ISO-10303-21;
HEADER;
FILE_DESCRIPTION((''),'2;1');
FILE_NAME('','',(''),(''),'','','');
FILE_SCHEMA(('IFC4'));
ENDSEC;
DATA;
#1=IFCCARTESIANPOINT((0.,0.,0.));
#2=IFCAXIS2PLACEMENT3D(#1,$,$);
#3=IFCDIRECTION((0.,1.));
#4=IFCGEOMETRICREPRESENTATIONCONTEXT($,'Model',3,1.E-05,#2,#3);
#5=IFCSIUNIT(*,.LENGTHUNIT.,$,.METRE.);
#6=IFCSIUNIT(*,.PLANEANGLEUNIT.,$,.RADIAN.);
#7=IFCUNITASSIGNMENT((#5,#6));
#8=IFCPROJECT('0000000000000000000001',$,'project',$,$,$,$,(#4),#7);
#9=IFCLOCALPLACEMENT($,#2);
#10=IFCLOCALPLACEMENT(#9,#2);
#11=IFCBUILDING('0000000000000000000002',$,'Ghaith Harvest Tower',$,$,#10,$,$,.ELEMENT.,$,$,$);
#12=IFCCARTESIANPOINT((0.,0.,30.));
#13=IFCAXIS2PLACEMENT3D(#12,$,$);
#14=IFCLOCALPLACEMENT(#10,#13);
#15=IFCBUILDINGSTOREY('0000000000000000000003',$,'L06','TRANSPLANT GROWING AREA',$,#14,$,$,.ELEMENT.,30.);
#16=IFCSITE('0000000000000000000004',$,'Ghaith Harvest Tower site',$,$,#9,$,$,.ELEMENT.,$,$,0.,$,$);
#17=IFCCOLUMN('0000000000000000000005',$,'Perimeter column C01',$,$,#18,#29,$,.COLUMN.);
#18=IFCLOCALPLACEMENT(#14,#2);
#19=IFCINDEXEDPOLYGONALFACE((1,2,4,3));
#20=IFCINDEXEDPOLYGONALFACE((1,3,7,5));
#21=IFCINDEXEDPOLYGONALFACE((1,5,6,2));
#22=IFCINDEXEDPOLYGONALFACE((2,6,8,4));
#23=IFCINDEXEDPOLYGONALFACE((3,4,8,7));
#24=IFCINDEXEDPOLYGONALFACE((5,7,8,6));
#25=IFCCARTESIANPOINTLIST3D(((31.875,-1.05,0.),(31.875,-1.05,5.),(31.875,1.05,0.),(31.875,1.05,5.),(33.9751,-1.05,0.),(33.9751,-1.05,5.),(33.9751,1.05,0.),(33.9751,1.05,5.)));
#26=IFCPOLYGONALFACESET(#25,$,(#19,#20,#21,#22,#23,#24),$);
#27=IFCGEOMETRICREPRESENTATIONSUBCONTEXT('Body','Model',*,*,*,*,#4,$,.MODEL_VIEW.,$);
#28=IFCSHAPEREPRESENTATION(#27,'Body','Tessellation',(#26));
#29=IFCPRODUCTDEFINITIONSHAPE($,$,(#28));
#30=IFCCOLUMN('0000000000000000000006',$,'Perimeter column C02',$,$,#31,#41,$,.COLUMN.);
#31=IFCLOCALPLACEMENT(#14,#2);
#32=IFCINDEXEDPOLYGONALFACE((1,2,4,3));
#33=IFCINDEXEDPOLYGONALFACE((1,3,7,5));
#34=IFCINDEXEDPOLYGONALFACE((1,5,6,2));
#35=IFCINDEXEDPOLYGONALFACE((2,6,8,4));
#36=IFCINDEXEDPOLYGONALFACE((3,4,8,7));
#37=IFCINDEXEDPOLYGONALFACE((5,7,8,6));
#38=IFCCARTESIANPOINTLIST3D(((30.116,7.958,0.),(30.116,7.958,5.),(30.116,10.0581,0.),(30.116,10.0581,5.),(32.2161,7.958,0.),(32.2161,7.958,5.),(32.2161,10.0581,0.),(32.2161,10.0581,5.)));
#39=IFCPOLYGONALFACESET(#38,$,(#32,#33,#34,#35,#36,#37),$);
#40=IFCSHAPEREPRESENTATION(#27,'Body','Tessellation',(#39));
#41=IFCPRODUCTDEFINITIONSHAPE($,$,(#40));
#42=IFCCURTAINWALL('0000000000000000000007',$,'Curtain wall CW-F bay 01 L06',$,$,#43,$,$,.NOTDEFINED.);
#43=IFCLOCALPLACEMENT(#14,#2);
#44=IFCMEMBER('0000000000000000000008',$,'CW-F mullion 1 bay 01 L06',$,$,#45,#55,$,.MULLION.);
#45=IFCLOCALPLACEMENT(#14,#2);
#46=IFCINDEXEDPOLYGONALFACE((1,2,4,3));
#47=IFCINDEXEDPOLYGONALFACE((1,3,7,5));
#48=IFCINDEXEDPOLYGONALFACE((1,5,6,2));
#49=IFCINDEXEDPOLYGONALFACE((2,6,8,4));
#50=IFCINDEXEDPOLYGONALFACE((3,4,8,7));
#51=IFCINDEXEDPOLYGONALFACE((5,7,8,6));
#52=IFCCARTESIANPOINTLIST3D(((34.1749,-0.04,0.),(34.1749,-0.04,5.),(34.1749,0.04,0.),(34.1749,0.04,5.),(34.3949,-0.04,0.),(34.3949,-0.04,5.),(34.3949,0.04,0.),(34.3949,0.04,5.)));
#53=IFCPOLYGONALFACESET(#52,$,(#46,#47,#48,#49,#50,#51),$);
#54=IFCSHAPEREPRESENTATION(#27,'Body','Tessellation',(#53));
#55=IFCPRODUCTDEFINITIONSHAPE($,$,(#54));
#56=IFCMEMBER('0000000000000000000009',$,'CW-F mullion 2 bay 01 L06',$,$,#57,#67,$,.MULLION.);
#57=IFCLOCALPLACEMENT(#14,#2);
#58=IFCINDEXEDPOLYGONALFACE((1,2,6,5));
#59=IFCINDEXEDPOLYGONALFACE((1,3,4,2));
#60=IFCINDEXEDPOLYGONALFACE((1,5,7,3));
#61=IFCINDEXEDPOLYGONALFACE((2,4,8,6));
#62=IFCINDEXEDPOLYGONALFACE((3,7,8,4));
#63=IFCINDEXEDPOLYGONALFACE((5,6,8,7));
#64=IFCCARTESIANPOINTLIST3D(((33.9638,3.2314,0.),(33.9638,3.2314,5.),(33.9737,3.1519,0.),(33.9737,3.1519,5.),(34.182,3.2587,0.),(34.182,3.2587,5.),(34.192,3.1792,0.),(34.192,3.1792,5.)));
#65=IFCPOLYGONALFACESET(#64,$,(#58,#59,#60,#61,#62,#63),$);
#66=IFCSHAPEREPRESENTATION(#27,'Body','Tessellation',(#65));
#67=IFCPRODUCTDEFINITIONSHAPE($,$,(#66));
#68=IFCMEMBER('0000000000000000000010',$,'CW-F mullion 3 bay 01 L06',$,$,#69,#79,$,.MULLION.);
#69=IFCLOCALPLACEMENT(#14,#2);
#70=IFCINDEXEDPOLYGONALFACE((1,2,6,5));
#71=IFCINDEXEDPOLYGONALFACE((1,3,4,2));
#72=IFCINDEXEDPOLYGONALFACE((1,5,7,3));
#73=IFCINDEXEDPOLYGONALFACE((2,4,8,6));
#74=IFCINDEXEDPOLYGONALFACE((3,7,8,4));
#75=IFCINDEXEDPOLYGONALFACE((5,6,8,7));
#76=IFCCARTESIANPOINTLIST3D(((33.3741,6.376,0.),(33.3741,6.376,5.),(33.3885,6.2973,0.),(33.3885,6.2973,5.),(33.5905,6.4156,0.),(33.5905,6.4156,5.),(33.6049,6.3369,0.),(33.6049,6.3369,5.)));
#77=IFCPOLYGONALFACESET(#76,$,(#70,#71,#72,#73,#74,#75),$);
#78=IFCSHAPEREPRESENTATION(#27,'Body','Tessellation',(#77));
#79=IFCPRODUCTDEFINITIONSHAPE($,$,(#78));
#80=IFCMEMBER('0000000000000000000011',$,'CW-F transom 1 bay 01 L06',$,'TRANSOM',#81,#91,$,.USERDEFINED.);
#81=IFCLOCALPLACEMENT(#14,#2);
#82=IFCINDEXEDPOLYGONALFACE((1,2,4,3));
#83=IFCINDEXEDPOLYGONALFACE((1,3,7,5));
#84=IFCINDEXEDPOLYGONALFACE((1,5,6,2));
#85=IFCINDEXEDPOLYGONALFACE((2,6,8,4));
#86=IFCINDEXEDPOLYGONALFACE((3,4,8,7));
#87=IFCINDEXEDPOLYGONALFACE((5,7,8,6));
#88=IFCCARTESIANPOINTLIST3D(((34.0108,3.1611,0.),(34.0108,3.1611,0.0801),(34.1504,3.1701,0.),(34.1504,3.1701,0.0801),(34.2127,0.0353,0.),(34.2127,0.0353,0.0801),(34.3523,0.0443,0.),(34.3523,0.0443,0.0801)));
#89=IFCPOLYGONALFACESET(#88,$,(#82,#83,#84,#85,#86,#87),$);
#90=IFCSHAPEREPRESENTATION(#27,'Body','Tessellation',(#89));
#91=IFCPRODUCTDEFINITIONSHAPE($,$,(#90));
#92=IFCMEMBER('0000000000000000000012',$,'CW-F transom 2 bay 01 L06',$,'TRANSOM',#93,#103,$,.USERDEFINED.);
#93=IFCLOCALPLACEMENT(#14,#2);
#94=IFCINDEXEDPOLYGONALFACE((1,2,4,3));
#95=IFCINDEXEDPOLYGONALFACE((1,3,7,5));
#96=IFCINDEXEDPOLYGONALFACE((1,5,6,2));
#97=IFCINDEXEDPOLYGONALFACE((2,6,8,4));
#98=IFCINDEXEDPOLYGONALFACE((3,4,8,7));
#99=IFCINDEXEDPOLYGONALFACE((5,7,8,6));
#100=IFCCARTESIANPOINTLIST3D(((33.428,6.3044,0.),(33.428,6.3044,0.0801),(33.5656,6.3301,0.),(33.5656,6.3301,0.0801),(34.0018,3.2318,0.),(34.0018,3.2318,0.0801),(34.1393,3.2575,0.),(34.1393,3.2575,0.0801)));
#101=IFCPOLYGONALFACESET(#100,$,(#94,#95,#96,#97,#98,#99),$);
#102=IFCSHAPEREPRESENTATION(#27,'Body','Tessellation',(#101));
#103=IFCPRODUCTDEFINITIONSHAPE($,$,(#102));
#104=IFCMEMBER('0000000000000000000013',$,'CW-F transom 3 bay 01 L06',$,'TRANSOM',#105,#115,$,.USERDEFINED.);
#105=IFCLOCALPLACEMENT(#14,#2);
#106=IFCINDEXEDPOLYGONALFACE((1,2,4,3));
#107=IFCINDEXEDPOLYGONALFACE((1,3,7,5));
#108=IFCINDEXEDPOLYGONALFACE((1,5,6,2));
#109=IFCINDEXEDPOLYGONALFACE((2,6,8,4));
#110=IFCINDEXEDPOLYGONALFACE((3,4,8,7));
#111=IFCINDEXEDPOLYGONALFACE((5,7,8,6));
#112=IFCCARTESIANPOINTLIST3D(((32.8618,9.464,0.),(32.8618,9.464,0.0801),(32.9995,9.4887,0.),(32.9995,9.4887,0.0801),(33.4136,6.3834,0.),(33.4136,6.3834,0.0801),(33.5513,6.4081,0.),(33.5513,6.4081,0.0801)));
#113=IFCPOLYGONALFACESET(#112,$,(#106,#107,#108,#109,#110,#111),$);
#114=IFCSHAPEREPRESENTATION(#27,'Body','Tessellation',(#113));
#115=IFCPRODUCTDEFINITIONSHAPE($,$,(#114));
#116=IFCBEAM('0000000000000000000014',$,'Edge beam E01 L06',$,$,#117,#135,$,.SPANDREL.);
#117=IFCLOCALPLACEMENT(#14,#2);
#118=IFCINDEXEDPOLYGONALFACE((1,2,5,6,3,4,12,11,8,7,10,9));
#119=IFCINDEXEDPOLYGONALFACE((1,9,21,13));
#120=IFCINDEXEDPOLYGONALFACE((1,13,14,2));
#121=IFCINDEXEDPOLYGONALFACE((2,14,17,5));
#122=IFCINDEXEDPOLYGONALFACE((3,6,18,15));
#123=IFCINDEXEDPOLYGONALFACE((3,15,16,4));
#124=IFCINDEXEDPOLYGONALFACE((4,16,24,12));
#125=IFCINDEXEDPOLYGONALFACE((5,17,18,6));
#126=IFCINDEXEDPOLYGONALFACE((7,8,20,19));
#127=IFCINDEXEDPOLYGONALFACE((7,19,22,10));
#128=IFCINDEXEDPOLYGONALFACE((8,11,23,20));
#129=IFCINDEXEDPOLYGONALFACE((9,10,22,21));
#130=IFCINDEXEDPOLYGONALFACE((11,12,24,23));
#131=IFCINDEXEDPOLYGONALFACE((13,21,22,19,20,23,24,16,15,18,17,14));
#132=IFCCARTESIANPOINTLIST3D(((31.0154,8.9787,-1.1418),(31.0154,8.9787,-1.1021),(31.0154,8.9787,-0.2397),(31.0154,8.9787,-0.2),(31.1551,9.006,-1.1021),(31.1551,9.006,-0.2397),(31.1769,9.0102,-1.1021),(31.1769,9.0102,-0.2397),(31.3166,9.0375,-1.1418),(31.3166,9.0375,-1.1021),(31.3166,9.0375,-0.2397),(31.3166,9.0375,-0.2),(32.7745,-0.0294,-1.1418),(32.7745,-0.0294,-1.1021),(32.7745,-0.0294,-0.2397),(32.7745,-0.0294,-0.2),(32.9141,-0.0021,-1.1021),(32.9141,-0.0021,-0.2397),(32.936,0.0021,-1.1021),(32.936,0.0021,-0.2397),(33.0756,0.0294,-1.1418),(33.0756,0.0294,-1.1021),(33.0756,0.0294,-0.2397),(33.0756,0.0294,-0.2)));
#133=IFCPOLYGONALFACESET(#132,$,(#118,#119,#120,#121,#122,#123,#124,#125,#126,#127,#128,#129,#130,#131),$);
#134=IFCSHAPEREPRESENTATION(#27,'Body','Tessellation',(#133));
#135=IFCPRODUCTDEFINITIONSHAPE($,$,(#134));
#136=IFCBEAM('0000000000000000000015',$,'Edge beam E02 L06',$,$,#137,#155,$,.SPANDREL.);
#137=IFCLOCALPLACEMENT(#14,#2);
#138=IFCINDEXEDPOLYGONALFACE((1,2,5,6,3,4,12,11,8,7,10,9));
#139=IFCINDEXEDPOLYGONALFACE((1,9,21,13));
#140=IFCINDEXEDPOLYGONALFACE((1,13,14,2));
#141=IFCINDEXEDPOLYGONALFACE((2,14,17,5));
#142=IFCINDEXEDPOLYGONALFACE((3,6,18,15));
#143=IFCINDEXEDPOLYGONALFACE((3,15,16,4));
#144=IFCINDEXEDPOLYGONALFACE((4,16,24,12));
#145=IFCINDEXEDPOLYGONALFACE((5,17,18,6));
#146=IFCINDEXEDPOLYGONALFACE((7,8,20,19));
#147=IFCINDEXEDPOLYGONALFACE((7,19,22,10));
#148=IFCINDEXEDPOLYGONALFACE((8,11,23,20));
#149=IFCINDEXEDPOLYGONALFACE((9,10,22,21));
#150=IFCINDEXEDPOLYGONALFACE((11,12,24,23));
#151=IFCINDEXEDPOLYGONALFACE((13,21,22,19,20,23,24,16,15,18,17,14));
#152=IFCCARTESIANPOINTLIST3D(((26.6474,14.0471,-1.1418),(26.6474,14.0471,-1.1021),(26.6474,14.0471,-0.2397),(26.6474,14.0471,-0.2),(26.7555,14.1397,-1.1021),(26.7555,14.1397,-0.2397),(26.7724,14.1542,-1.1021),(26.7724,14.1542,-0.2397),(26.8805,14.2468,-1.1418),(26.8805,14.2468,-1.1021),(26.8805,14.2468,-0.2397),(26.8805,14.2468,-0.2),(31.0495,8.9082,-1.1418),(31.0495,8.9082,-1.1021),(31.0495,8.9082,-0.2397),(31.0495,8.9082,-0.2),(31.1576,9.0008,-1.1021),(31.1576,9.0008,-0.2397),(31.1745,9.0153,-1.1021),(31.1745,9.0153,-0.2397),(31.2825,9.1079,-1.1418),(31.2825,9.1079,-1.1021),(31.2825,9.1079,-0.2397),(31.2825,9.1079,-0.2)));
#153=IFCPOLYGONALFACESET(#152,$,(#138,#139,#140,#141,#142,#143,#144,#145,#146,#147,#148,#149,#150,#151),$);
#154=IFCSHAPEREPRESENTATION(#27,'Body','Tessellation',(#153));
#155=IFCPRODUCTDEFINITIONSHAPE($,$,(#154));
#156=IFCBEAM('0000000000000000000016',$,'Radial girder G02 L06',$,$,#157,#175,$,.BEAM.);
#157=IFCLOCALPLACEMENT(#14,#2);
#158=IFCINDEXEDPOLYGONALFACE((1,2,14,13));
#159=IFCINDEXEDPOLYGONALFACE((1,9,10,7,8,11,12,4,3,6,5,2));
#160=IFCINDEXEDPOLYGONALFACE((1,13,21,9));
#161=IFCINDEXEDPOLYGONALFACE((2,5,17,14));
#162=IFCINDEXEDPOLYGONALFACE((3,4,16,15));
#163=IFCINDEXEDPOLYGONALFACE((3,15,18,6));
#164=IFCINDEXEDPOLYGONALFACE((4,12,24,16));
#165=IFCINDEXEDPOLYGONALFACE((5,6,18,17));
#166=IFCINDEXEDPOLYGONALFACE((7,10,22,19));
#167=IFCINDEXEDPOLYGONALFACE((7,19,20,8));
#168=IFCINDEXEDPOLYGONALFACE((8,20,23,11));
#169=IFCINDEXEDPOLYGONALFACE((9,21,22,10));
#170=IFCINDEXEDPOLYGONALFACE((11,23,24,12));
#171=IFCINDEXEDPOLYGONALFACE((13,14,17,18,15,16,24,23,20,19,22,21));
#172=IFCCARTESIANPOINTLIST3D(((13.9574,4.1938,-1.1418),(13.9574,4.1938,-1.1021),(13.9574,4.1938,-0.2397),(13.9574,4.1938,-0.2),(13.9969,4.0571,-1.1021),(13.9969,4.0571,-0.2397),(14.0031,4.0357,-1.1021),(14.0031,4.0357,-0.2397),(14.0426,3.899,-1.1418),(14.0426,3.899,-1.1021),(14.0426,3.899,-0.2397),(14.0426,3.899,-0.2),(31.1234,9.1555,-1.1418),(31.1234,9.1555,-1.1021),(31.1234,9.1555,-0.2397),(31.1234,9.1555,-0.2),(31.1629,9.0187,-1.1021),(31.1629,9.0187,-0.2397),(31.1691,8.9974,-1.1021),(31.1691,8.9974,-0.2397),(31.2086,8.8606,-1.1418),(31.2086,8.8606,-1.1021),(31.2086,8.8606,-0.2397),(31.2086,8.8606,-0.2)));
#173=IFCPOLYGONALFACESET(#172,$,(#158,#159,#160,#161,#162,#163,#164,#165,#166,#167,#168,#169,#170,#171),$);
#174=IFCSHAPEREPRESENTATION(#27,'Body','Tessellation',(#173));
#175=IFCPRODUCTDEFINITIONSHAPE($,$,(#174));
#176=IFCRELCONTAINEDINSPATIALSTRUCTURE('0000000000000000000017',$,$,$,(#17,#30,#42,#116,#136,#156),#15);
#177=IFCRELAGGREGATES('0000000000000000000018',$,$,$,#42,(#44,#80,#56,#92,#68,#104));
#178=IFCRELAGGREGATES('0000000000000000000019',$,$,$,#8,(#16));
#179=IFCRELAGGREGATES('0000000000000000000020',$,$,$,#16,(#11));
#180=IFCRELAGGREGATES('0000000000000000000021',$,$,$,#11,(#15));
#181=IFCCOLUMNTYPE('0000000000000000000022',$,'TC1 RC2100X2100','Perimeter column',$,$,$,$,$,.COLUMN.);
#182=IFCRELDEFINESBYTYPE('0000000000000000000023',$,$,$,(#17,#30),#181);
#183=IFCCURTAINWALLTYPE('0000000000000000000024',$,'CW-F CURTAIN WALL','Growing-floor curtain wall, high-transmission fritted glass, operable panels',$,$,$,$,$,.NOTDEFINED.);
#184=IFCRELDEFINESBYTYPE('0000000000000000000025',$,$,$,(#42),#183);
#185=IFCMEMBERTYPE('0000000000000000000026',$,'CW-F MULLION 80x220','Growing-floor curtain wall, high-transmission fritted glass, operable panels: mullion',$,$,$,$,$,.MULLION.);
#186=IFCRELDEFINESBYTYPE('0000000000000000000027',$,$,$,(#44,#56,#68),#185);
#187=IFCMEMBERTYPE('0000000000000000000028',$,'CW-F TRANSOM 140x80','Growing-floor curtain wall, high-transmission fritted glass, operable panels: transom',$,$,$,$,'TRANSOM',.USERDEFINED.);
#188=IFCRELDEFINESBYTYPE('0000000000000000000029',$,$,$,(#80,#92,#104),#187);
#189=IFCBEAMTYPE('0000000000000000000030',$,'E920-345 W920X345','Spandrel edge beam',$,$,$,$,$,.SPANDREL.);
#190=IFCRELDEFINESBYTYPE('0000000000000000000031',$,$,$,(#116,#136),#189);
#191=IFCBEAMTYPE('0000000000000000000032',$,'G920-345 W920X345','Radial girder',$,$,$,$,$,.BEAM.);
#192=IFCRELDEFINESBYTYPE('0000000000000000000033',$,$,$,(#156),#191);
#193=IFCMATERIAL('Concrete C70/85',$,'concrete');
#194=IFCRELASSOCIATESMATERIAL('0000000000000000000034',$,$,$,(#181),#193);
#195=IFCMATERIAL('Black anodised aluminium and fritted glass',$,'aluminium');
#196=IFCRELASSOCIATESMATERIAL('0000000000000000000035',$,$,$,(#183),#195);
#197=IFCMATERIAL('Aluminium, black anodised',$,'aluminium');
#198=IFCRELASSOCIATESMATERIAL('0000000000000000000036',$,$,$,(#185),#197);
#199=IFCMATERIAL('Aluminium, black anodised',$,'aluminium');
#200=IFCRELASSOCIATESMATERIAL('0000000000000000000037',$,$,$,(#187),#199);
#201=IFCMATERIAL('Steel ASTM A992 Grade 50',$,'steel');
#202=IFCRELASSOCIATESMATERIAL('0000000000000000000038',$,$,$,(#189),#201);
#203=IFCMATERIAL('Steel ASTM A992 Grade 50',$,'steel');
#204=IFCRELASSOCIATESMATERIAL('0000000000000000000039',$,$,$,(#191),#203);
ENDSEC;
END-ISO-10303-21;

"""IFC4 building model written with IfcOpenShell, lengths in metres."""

from ifc_helpers import new_model, si_unit, direction, frame, origin, origin_2d, place, context, subcontext, project, spatial, rectangle, i_section, extrude, material, material_profile, profile_set, type_object, element, aggregate, save


model = new_model("IFC4")

# Units and contexts
model_context = context("Model", 3, precision=1e-05, world=origin(), true_north=direction((0.0, 1.0)))
body_context = subcontext(model_context, "Body", "Model", "MODEL_VIEW")
ifc_project = project(units=[si_unit("LENGTHUNIT", "METRE"), si_unit("PLANEANGLEUNIT", "RADIAN")], contexts=[model_context])

# Site, building, storey
site_placement = place(None, origin())
site = spatial("IfcSite", under=ifc_project, at=site_placement, Name="Ghaith Harvest Tower site", CompositionType="ELEMENT", RefElevation=0.0)
building_placement = place(site_placement, origin())
building = spatial("IfcBuilding", under=site, at=building_placement, Name="Ghaith Harvest Tower", CompositionType="ELEMENT")
storey_placement = place(building_placement, frame((0.0, 0.0, 30.0)))
storey = spatial("IfcBuildingStorey", under=building, at=storey_placement, Name="L06", Description="TRANSPLANT GROWING AREA", CompositionType="ELEMENT", Elevation=30.0)

# Columns
ifc_material_1 = material(Name="Concrete C70/85", Category="concrete")
ifc_material_profile_1 = material_profile(ifc_material_1, rectangle(XDim=2.1001, YDim=2.1001, at=origin_2d()), Name="RC2100X2100")
ifc_profile_set_1 = profile_set([ifc_material_profile_1], Name="Concrete C70/85")
column_type = type_object("IfcColumnType", Name="TC1 RC2100X2100", Description="Perimeter column", PredefinedType="COLUMN", material=ifc_profile_set_1)
for number, where, z_axis, x_axis, name in (
    (1, (32.925, 0.0, 0.0), (0.0, 0.0, 1.0), (1.0, 0.0, 0.0), "Perimeter column C01"),
    (2, (31.166, 9.0081, 0.0), (0.0, 0.0, 1.0), (1.0, 0.0, 0.0), "Perimeter column C02"),
):
    element("IfcColumn", number, at=place(storey_placement, frame(where, z_axis=z_axis, x_axis=x_axis)), inside=storey, type_object=column_type, Name=name, PredefinedType="COLUMN", context=body_context, shape_type="SweptSolid", body=[
        extrude(rectangle(XDim=2.1001, YDim=2.1001, at=origin_2d()), origin(), (0.0, 0.0, 1.0), 5.0),
    ])

# Curtain wall, members
ifc_material_2 = material(Name="Black anodised aluminium and fritted glass", Category="aluminium")
curtain_wall_type = type_object("IfcCurtainWallType", Name="CW-F CURTAIN WALL", Description="Growing-floor curtain wall, high-transmission fritted glass, operable panels", PredefinedType="NOTDEFINED", material=ifc_material_2)
curtain_wall_placement = place(storey_placement, origin())
curtain_wall = element("IfcCurtainWall", 3, at=curtain_wall_placement, inside=storey, type_object=curtain_wall_type, Name="Curtain wall CW-F bay 01 L06", PredefinedType="NOTDEFINED")
ifc_material_3 = material(Name="Aluminium, black anodised", Category="aluminium")
ifc_material_profile_2 = material_profile(ifc_material_3, rectangle(XDim=0.0801, YDim=0.22, at=origin_2d()), Name="CW-F MULLION 80x220")
ifc_profile_set_2 = profile_set([ifc_material_profile_2], Name="Aluminium, black anodised")
member_type_1 = type_object("IfcMemberType", Name="CW-F MULLION 80x220", Description="Growing-floor curtain wall, high-transmission fritted glass, operable panels: mullion", PredefinedType="MULLION", material=ifc_profile_set_2)
member_1_placement = place(storey_placement, frame((34.2849, 0.0, 0.0), z_axis=(0.0, 0.0, 1.0), x_axis=(0.0, 1.0, 0.0)))
member_1 = element("IfcMember", 4, at=member_1_placement, type_object=member_type_1, Name="CW-F mullion 1 bay 01 L06", PredefinedType="MULLION", context=body_context, shape_type="SweptSolid", body=[
    extrude(rectangle(XDim=0.0801, YDim=0.22, at=origin_2d()), origin(), (0.0, 0.0, 1.0), 5.0),
])
member_2_placement = place(storey_placement, frame((34.0779, 3.2053, 0.0), z_axis=(0.0, 0.0, 1.0), x_axis=(-0.12417, 0.992261, 0.0)))
member_2 = element("IfcMember", 5, at=member_2_placement, type_object=member_type_1, Name="CW-F mullion 2 bay 01 L06", PredefinedType="MULLION", context=body_context, shape_type="SweptSolid", body=[
    extrude(rectangle(XDim=0.0801, YDim=0.22, at=origin_2d()), origin(), (0.0, 0.0, 1.0), 5.0),
])
member_3_placement = place(storey_placement, frame((33.4895, 6.3564, 0.0), z_axis=(0.0, 0.0, 1.0), x_axis=(-0.179943, 0.983677, 0.0)))
member_3 = element("IfcMember", 6, at=member_3_placement, type_object=member_type_1, Name="CW-F mullion 3 bay 01 L06", PredefinedType="MULLION", context=body_context, shape_type="SweptSolid", body=[
    extrude(rectangle(XDim=0.0801, YDim=0.22, at=origin_2d()), origin(), (0.0, 0.0, 1.0), 5.0),
])
ifc_material_4 = material(Name="Aluminium, black anodised", Category="aluminium")
ifc_material_profile_3 = material_profile(ifc_material_4, rectangle(XDim=0.1399, YDim=0.0801, at=origin_2d()), Name="CW-F TRANSOM 140x80")
ifc_profile_set_3 = profile_set([ifc_material_profile_3], Name="Aluminium, black anodised")
member_type_2 = type_object("IfcMemberType", Name="CW-F TRANSOM 140x80", Description="Growing-floor curtain wall, high-transmission fritted glass, operable panels: transom", ElementType="TRANSOM", PredefinedType="USERDEFINED", material=ifc_profile_set_3)
member_4_placement = place(storey_placement, frame((34.2825, 0.0398, 0.04), z_axis=(-0.06446, 0.99792, 0.0), x_axis=(-0.99792, -0.06446, 0.0)))
member_4 = element("IfcMember", 7, at=member_4_placement, type_object=member_type_2, Name="CW-F transom 1 bay 01 L06", ObjectType="TRANSOM", PredefinedType="USERDEFINED", context=body_context, shape_type="SweptSolid", body=[
    extrude(rectangle(XDim=0.1399, YDim=0.0801, at=origin_2d()), origin(), (0.0, 0.0, 1.0), 3.1323),
])
member_5_placement = place(storey_placement, frame((34.0706, 3.2446, 0.04), z_axis=(-0.183557, 0.983009, 0.0), x_axis=(-0.983009, -0.183557, 0.0)))
member_5 = element("IfcMember", 8, at=member_5_placement, type_object=member_type_2, Name="CW-F transom 2 bay 01 L06", ObjectType="TRANSOM", PredefinedType="USERDEFINED", context=body_context, shape_type="SweptSolid", body=[
    extrude(rectangle(XDim=0.1399, YDim=0.0801, at=origin_2d()), origin(), (0.0, 0.0, 1.0), 3.1257),
])
member_6_placement = place(storey_placement, frame((33.4824, 6.3958, 0.04), z_axis=(-0.176304, 0.984336, 0.0), x_axis=(-0.984336, -0.176304, 0.0)))
member_6 = element("IfcMember", 9, at=member_6_placement, type_object=member_type_2, Name="CW-F transom 3 bay 01 L06", ObjectType="TRANSOM", PredefinedType="USERDEFINED", context=body_context, shape_type="SweptSolid", body=[
    extrude(rectangle(XDim=0.1399, YDim=0.0801, at=origin_2d()), origin(), (0.0, 0.0, 1.0), 3.1296),
])

# Beams
ifc_material_5 = material(Name="Steel ASTM A992 Grade 50", Category="steel")
ifc_material_profile_4 = material_profile(ifc_material_5, i_section(OverallWidth=0.3069, OverallDepth=0.9419, WebThickness=0.0222, FlangeThickness=0.0398, at=origin_2d()), Name="W920X345")
ifc_profile_set_4 = profile_set([ifc_material_profile_4], Name="Steel ASTM A992 Grade 50")
beam_type_1 = type_object("IfcBeamType", Name="E920-345 W920X345", Description="Spandrel edge beam", PredefinedType="SPANDREL", material=ifc_profile_set_4)
beam_1_placement = place(storey_placement, frame((32.925, 0.0, -0.6709), z_axis=(-0.191653, 0.981463, 0.0), x_axis=(-0.981463, -0.191653, 0.0)))
element("IfcBeam", 10, at=beam_1_placement, inside=storey, type_object=beam_type_1, Name="Edge beam E01 L06", PredefinedType="SPANDREL", context=body_context, shape_type="SweptSolid", body=[
    extrude(i_section(OverallWidth=0.3069, OverallDepth=0.9419, WebThickness=0.0222, FlangeThickness=0.0398, at=origin_2d()), origin(), (0.0, 0.0, 1.0), 9.1782),
])
beam_2_placement = place(storey_placement, frame((31.166, 9.0081, -0.6709), z_axis=(-0.650563, 0.759453, 0.0), x_axis=(-0.759453, -0.650563, 0.0)))
element("IfcBeam", 11, at=beam_2_placement, inside=storey, type_object=beam_type_1, Name="Edge beam E02 L06", PredefinedType="SPANDREL", context=body_context, shape_type="SweptSolid", body=[
    extrude(i_section(OverallWidth=0.3069, OverallDepth=0.9419, WebThickness=0.0222, FlangeThickness=0.0398, at=origin_2d()), origin(), (0.0, 0.0, 1.0), 6.7666),
])
ifc_material_6 = material(Name="Steel ASTM A992 Grade 50", Category="steel")
ifc_material_profile_5 = material_profile(ifc_material_6, i_section(OverallWidth=0.3069, OverallDepth=0.9419, WebThickness=0.0222, FlangeThickness=0.0398, at=origin_2d()), Name="W920X345")
ifc_profile_set_5 = profile_set([ifc_material_profile_5], Name="Steel ASTM A992 Grade 50")
beam_type_2 = type_object("IfcBeamType", Name="G920-345 W920X345", Description="Radial girder", PredefinedType="BEAM", material=ifc_profile_set_5)
beam_3_placement = place(storey_placement, frame((14.0, 4.0464, -0.6709), z_axis=(0.960675, 0.277674, 0.0), x_axis=(-0.277674, 0.960675, 0.0)))
element("IfcBeam", 12, at=beam_3_placement, inside=storey, type_object=beam_type_2, Name="Radial girder G02 L06", PredefinedType="BEAM", context=body_context, shape_type="SweptSolid", body=[
    extrude(i_section(OverallWidth=0.3069, OverallDepth=0.9419, WebThickness=0.0222, FlangeThickness=0.0398, at=origin_2d()), origin(), (0.0, 0.0, 1.0), 17.8687),
])

aggregate(curtain_wall, [member_1, member_4, member_2, member_5, member_3, member_6])

save(model, "model.ifc")
